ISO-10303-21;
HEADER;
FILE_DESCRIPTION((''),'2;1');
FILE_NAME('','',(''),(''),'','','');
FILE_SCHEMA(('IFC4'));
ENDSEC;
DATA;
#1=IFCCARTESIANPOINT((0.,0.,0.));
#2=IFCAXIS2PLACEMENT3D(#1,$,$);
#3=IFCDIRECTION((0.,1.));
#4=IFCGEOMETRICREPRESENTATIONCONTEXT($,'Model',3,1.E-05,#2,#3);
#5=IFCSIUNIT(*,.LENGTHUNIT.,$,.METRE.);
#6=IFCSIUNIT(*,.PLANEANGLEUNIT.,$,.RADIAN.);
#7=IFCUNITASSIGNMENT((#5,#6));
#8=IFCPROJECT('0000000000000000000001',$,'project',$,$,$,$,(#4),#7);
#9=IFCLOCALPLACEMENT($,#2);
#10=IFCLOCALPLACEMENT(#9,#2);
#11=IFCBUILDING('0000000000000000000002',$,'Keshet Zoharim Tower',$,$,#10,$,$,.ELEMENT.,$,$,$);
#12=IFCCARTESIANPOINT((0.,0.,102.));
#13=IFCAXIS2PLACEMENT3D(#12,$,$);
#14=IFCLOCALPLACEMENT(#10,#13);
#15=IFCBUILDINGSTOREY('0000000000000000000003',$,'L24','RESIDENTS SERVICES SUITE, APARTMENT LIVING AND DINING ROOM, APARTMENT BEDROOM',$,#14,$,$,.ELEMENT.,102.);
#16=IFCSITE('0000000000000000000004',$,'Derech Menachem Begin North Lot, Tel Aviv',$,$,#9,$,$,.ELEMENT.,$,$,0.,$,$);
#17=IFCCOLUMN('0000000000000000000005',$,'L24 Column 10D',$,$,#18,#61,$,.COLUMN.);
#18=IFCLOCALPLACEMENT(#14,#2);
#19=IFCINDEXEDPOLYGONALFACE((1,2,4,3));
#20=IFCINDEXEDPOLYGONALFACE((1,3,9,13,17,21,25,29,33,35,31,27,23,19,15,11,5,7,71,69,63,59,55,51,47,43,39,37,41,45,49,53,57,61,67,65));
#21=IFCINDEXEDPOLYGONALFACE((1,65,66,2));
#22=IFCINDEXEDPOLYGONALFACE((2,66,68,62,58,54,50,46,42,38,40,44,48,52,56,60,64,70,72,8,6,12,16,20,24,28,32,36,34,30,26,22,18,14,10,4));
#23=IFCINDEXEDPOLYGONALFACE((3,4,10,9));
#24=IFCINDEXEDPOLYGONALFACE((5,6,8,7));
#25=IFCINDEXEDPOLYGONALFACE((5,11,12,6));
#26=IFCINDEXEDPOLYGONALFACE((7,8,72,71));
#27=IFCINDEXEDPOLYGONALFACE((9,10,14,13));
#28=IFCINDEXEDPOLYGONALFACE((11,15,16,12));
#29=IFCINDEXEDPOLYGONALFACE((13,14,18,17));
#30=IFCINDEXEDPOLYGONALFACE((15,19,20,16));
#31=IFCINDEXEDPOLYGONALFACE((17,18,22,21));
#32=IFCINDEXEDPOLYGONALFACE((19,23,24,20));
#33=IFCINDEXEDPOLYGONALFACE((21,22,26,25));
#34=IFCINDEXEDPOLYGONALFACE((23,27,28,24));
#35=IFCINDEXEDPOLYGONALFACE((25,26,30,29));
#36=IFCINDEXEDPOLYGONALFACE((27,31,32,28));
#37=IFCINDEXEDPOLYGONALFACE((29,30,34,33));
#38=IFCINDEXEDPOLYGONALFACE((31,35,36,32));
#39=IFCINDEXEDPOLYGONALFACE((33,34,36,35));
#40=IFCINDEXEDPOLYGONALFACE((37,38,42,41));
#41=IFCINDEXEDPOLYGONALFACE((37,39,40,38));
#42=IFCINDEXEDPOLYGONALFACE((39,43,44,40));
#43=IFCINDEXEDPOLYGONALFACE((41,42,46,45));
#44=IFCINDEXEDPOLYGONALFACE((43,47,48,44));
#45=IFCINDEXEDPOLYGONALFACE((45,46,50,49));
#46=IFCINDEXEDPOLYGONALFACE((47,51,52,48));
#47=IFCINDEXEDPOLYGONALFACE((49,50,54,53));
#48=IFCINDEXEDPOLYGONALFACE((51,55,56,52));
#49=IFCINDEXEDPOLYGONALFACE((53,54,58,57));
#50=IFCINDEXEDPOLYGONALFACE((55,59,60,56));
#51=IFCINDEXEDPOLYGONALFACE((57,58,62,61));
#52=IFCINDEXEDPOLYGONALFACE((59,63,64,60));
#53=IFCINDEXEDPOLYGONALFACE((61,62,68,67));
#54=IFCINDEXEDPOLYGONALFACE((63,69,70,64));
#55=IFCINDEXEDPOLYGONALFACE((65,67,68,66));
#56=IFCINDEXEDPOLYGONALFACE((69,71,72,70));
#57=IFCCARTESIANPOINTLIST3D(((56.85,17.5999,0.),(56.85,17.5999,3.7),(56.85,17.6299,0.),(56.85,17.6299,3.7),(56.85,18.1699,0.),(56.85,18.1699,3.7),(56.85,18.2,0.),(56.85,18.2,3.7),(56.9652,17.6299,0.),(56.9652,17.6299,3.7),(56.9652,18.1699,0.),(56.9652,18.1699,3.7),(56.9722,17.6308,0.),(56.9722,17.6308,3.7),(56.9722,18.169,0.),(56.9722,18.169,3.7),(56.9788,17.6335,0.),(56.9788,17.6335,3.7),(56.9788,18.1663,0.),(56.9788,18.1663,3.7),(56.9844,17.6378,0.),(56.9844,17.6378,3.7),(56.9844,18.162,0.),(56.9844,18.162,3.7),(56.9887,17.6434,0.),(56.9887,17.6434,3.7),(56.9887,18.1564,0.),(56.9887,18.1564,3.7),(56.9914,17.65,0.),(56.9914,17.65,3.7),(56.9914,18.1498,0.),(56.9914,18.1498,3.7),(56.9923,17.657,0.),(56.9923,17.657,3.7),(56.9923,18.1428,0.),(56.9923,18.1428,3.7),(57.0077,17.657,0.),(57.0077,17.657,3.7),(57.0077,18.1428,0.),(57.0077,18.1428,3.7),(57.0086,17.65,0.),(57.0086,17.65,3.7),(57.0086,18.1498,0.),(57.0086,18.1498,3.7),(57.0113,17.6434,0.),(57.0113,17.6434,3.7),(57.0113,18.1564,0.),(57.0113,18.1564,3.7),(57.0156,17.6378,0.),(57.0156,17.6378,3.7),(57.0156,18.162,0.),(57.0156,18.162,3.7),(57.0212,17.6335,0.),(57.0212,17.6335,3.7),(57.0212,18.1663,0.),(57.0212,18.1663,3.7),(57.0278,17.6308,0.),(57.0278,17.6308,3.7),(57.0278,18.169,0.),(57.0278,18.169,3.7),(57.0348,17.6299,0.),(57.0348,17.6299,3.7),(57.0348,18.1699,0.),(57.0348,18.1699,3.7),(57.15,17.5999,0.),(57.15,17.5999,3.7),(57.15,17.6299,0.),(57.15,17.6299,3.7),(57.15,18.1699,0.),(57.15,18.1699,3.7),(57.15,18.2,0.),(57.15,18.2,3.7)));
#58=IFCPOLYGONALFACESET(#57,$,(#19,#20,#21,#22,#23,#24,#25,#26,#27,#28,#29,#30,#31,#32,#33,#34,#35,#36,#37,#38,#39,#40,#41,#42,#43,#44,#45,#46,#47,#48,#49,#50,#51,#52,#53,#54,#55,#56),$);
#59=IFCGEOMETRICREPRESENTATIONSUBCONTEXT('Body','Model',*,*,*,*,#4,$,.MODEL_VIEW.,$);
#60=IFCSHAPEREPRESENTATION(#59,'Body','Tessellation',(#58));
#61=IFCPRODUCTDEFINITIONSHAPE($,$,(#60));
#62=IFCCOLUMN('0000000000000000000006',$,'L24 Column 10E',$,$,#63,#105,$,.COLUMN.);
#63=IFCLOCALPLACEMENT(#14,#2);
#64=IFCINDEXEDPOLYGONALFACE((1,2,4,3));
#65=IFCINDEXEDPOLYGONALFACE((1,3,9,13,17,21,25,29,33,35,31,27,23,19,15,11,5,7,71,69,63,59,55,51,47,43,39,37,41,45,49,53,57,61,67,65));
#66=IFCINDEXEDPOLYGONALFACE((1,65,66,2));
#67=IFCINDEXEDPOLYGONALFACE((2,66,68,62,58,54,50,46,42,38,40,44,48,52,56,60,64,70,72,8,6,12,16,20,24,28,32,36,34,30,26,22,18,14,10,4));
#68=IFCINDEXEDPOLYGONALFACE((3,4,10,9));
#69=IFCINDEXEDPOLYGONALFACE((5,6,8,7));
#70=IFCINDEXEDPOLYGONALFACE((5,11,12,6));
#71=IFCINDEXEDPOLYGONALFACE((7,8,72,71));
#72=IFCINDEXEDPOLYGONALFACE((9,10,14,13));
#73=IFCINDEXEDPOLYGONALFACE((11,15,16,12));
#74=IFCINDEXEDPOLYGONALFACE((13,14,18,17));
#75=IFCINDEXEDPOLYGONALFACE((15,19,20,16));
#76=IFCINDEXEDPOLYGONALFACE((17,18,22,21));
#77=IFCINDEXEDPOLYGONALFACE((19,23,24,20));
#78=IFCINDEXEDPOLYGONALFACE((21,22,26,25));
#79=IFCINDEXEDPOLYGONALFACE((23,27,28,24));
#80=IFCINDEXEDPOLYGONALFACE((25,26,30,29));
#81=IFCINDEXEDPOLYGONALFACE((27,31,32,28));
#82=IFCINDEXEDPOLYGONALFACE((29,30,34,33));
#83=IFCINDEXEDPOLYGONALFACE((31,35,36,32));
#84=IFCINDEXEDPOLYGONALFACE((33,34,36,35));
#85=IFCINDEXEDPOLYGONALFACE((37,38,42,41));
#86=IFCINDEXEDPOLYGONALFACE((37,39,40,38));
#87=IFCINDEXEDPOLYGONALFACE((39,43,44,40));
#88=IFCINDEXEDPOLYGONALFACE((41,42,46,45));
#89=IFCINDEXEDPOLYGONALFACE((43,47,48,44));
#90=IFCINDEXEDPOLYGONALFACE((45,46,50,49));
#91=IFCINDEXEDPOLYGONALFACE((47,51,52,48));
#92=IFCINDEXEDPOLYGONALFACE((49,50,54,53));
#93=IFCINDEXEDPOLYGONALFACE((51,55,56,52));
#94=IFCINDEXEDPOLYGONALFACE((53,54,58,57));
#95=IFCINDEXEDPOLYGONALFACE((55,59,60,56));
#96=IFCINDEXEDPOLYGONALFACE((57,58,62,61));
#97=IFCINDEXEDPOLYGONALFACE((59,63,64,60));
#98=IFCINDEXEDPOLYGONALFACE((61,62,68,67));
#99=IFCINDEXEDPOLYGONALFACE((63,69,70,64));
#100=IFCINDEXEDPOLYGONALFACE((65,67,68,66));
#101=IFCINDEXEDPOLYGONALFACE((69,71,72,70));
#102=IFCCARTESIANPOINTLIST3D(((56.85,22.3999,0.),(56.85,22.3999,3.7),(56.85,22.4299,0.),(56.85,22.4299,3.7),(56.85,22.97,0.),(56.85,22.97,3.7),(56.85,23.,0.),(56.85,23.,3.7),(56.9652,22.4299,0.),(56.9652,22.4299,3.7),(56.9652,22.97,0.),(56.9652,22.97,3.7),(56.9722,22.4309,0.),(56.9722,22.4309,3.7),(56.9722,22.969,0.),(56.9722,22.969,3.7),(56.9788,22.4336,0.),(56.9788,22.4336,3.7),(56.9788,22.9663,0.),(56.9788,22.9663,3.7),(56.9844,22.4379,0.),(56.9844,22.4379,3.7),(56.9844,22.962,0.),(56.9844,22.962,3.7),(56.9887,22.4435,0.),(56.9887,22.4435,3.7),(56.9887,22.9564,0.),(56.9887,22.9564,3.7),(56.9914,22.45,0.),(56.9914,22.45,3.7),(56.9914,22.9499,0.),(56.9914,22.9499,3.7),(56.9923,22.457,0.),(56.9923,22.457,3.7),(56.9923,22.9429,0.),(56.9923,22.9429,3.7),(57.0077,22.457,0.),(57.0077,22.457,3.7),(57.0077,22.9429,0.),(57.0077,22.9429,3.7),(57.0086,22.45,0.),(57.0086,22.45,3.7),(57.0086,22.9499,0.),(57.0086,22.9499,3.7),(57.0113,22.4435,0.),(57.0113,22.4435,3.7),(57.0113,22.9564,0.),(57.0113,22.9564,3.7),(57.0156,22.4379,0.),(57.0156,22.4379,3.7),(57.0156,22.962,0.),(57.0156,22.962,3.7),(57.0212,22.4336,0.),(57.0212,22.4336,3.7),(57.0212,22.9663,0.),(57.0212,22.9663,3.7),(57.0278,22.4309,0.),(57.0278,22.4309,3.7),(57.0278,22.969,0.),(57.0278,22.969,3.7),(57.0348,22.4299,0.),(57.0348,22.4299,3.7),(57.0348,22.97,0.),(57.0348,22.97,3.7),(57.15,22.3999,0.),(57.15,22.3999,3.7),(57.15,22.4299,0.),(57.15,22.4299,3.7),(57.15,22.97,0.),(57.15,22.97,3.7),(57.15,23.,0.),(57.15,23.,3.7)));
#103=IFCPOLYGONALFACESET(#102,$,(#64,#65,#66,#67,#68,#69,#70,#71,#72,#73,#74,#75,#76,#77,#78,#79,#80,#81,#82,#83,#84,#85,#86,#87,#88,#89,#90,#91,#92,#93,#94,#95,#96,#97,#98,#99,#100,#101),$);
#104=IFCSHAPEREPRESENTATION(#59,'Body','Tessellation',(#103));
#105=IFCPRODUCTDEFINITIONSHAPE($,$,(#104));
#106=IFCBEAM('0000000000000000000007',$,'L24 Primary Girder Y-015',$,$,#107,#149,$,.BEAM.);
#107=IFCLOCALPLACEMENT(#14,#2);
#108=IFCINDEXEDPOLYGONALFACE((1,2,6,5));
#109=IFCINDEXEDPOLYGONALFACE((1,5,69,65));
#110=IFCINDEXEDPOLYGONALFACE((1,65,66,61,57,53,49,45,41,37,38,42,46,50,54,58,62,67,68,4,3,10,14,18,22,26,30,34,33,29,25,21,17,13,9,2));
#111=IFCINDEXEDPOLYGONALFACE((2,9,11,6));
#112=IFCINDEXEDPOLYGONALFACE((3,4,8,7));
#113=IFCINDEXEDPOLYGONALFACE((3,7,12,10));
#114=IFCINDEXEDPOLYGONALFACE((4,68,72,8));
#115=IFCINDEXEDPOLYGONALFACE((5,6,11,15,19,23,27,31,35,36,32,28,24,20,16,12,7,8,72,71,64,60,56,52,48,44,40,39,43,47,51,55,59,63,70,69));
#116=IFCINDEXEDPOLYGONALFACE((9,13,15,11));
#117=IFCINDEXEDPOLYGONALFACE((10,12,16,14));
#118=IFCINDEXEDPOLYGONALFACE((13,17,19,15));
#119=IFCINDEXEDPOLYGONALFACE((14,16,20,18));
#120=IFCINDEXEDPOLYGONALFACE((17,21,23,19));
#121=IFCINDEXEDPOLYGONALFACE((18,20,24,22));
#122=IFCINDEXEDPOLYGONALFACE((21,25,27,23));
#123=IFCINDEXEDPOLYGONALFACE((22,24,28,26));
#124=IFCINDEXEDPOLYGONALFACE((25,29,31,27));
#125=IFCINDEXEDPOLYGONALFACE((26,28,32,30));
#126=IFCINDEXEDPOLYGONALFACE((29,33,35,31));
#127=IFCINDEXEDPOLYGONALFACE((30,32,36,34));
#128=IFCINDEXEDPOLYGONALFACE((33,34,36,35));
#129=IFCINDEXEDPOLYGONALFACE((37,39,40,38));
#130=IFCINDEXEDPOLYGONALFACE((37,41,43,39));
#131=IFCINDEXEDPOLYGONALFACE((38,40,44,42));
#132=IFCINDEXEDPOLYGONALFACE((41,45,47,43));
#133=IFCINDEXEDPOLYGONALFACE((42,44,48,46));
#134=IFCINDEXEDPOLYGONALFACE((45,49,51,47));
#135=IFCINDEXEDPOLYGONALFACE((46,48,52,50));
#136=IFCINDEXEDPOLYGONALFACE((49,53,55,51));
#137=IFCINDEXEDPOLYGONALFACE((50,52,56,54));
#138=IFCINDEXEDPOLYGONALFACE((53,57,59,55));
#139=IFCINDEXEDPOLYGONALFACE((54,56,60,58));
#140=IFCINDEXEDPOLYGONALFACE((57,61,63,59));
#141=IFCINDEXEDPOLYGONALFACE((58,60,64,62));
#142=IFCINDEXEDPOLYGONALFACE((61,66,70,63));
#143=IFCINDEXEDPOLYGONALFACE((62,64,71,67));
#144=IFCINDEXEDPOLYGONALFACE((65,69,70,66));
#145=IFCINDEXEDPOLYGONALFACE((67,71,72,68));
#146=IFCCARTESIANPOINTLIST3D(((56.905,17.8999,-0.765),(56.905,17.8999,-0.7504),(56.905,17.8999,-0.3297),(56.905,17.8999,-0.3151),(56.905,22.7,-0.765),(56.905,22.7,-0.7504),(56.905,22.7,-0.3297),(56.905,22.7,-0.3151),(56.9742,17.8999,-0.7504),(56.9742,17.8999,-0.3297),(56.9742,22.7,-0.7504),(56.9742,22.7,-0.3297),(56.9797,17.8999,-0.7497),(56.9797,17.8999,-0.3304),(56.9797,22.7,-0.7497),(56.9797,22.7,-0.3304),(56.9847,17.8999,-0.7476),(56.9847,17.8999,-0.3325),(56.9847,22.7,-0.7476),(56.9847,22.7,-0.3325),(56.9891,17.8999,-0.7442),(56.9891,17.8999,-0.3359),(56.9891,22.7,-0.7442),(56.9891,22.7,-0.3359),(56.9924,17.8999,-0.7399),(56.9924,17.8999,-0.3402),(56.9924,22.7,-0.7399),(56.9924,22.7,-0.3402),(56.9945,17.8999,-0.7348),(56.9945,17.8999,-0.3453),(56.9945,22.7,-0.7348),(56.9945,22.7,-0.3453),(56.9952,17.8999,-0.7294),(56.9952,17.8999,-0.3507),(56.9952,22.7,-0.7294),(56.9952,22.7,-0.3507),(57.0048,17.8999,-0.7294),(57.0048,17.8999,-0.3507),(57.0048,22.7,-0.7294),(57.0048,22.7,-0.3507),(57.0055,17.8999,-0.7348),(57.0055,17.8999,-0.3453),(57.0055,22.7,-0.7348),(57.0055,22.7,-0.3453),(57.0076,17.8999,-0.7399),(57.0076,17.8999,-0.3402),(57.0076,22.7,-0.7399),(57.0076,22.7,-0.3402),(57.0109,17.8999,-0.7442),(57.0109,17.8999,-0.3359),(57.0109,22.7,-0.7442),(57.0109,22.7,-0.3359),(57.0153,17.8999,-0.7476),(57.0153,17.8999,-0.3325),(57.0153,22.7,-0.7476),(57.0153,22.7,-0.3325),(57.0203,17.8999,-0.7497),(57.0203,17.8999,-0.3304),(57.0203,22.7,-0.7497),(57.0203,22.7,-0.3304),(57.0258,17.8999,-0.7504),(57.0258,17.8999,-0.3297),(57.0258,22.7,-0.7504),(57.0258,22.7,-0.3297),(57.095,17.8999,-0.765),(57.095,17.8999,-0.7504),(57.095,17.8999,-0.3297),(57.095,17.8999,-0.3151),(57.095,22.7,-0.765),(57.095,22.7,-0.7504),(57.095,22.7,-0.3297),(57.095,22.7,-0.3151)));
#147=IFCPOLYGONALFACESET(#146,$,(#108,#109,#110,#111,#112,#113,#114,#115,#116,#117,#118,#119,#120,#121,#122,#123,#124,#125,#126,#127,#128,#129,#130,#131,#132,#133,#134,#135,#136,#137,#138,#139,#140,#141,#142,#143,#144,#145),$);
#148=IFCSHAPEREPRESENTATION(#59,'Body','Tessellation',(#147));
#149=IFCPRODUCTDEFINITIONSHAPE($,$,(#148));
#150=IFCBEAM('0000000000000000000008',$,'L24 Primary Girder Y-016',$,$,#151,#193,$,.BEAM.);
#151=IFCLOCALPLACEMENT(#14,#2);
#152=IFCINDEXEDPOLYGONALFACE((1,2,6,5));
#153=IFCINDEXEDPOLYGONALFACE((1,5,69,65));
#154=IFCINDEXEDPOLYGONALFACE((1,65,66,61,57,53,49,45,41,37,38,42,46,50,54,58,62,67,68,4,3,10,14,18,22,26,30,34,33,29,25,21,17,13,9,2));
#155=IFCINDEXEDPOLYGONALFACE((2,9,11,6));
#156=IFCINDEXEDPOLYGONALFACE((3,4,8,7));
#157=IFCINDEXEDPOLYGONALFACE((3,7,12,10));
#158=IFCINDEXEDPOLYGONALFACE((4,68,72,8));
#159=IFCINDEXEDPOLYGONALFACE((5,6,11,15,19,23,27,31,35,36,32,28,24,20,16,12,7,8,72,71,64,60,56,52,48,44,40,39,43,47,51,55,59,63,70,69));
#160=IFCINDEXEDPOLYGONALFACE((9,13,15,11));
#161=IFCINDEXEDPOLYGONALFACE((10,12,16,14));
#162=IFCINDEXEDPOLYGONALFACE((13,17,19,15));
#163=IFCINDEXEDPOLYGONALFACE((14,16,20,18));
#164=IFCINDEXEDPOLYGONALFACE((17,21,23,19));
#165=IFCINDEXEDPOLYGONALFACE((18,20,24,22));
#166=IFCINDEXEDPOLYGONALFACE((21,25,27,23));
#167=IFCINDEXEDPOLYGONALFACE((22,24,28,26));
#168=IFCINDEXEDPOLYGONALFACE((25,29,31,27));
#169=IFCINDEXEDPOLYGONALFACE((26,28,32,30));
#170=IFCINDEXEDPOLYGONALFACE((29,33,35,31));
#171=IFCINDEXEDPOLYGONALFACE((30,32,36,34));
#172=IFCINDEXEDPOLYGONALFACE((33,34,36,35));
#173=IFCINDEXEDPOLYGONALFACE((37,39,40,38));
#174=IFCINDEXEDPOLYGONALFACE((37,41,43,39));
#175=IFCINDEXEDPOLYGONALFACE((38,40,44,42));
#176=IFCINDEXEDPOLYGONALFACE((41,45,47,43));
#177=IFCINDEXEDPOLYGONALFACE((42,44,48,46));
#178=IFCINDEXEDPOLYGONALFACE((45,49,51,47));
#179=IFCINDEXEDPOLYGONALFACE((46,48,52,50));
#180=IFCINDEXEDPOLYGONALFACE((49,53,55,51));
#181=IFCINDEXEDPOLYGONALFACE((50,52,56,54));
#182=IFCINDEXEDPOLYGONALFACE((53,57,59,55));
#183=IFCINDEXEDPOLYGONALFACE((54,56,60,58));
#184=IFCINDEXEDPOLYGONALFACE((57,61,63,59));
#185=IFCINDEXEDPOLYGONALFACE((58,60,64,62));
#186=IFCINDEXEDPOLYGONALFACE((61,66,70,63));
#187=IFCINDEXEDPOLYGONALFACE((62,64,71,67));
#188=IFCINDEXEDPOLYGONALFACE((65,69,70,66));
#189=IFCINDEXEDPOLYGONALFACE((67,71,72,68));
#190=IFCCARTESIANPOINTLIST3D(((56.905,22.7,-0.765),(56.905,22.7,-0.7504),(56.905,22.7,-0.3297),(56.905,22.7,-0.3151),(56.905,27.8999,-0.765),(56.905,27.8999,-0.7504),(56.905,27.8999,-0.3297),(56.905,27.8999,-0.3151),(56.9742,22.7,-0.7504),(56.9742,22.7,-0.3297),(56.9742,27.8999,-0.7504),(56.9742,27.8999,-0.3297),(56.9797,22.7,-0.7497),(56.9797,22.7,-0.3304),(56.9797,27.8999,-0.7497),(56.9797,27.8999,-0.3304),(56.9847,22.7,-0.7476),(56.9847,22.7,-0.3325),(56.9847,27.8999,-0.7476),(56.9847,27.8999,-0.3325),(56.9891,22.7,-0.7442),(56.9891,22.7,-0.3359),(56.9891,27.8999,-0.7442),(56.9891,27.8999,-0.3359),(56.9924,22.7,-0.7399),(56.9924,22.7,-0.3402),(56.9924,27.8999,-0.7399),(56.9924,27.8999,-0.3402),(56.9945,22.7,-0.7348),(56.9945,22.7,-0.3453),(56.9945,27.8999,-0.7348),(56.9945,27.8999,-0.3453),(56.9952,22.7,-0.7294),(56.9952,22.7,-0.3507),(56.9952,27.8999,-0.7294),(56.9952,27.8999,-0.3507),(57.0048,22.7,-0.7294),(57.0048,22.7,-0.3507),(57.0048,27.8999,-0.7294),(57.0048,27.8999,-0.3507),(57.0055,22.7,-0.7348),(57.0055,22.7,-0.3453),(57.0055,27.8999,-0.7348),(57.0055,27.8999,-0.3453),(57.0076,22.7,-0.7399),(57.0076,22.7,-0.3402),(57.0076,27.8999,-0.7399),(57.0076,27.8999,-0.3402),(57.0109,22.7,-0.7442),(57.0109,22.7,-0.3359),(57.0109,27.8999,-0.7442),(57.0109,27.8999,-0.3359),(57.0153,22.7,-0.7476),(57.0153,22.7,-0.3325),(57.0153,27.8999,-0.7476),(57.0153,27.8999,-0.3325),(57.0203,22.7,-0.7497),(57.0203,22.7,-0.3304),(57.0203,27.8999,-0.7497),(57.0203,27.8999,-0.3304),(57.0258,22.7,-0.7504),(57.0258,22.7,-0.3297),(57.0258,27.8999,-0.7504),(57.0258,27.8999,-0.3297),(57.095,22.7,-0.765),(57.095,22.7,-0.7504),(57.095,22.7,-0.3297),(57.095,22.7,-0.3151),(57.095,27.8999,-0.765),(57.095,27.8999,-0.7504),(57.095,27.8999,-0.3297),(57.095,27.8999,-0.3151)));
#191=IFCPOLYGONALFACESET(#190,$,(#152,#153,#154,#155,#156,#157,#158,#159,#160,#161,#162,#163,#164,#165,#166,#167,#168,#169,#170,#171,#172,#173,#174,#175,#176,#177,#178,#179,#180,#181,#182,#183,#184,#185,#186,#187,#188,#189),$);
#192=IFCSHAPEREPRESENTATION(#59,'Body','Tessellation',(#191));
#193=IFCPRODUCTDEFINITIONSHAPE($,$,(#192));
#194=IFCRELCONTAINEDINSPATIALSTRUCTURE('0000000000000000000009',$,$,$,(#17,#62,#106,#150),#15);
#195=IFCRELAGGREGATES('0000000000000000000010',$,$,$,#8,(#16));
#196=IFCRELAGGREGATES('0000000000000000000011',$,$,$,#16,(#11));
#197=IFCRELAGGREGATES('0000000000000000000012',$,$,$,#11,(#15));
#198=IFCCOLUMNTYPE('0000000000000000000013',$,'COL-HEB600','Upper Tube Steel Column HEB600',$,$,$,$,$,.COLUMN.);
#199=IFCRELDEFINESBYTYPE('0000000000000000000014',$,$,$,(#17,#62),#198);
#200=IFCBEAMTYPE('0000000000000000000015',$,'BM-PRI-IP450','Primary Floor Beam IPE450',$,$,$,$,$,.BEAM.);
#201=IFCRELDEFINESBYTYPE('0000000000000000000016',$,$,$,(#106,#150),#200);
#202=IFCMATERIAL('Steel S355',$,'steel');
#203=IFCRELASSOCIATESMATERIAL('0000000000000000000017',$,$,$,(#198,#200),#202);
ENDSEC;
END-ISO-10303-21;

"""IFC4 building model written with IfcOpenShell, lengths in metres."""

from ifc_helpers import new_model, si_unit, direction, frame, origin, origin_2d, place, context, subcontext, project, spatial, i_section, extrude, material, material_profile, profile_set, type_object, element, save


model = new_model("IFC4")

# Units and contexts
model_context = context("Model", 3, precision=1e-05, world=origin(), true_north=direction((0.0, 1.0)))
body_context = subcontext(model_context, "Body", "Model", "MODEL_VIEW")
ifc_project = project(units=[si_unit("LENGTHUNIT", "METRE"), si_unit("PLANEANGLEUNIT", "RADIAN")], contexts=[model_context])

# Site, building, storey
site_placement = place(None, origin())
site = spatial("IfcSite", under=ifc_project, at=site_placement, Name="Derech Menachem Begin North Lot, Tel Aviv", CompositionType="ELEMENT", RefElevation=0.0)
building_placement = place(site_placement, origin())
building = spatial("IfcBuilding", under=site, at=building_placement, Name="Keshet Zoharim Tower", CompositionType="ELEMENT")
storey_placement = place(building_placement, frame((0.0, 0.0, 102.0)))
storey = spatial("IfcBuildingStorey", under=building, at=storey_placement, Name="L24", Description="RESIDENTS SERVICES SUITE, APARTMENT LIVING AND DINING ROOM, APARTMENT BEDROOM", CompositionType="ELEMENT", Elevation=102.0)

# Columns
ifc_material_1 = material(Name="Steel S355", Category="steel")
ifc_material_profile_1 = material_profile(ifc_material_1, i_section(OverallWidth=0.3, OverallDepth=0.6001, WebThickness=0.0154, FlangeThickness=0.03, FilletRadius=0.0271, at=origin_2d()), Name="HEB600")
ifc_profile_set_1 = profile_set([ifc_material_profile_1], Name="Steel S355")
column_type = type_object("IfcColumnType", Name="COL-HEB600", Description="Upper Tube Steel Column HEB600", PredefinedType="COLUMN", material=ifc_profile_set_1)
for number, where, z_axis, x_axis, name in (
    (1, (57.0, 17.8999, 0.0), (0.0, 0.0, 1.0), (1.0, 0.0, 0.0), "L24 Column 10D"),
    (2, (57.0, 22.7, 0.0), (0.0, 0.0, 1.0), (1.0, 0.0, 0.0), "L24 Column 10E"),
):
    element("IfcColumn", number, at=place(storey_placement, frame(where, z_axis=z_axis, x_axis=x_axis)), inside=storey, type_object=column_type, Name=name, PredefinedType="COLUMN", context=body_context, shape_type="SweptSolid", body=[
        extrude(i_section(OverallWidth=0.3, OverallDepth=0.6001, WebThickness=0.0154, FlangeThickness=0.03, FilletRadius=0.0271, at=origin_2d()), origin(), (0.0, 0.0, 1.0), 3.7),
    ])

# Beams
ifc_material_profile_2 = material_profile(ifc_material_1, i_section(OverallWidth=0.1899, OverallDepth=0.45, WebThickness=0.0095, FlangeThickness=0.0146, FilletRadius=0.021, at=origin_2d()), Name="IPE450")
ifc_profile_set_2 = profile_set([ifc_material_profile_2], Name="Steel S355")
beam_type = type_object("IfcBeamType", Name="BM-PRI-IP450", Description="Primary Floor Beam IPE450", PredefinedType="BEAM", material=ifc_profile_set_2)
beam_1_placement = place(storey_placement, frame((57.0, 17.8999, -0.54), z_axis=(0.0, 1.0, 0.0), x_axis=(-1.0, 0.0, 0.0)))
element("IfcBeam", 3, at=beam_1_placement, inside=storey, type_object=beam_type, Name="L24 Primary Girder Y-015", PredefinedType="BEAM", context=body_context, shape_type="SweptSolid", body=[
    extrude(i_section(OverallWidth=0.1899, OverallDepth=0.45, WebThickness=0.0095, FlangeThickness=0.0146, FilletRadius=0.021, at=origin_2d()), origin(), (0.0, 0.0, 1.0), 4.8),
])
beam_2_placement = place(storey_placement, frame((57.0, 22.7, -0.54), z_axis=(0.0, 1.0, 0.0), x_axis=(-1.0, 0.0, 0.0)))
element("IfcBeam", 4, at=beam_2_placement, inside=storey, type_object=beam_type, Name="L24 Primary Girder Y-016", PredefinedType="BEAM", context=body_context, shape_type="SweptSolid", body=[
    extrude(i_section(OverallWidth=0.1899, OverallDepth=0.45, WebThickness=0.0095, FlangeThickness=0.0146, FilletRadius=0.021, at=origin_2d()), origin(), (0.0, 0.0, 1.0), 5.2),
])

save(model, "model.ifc")
